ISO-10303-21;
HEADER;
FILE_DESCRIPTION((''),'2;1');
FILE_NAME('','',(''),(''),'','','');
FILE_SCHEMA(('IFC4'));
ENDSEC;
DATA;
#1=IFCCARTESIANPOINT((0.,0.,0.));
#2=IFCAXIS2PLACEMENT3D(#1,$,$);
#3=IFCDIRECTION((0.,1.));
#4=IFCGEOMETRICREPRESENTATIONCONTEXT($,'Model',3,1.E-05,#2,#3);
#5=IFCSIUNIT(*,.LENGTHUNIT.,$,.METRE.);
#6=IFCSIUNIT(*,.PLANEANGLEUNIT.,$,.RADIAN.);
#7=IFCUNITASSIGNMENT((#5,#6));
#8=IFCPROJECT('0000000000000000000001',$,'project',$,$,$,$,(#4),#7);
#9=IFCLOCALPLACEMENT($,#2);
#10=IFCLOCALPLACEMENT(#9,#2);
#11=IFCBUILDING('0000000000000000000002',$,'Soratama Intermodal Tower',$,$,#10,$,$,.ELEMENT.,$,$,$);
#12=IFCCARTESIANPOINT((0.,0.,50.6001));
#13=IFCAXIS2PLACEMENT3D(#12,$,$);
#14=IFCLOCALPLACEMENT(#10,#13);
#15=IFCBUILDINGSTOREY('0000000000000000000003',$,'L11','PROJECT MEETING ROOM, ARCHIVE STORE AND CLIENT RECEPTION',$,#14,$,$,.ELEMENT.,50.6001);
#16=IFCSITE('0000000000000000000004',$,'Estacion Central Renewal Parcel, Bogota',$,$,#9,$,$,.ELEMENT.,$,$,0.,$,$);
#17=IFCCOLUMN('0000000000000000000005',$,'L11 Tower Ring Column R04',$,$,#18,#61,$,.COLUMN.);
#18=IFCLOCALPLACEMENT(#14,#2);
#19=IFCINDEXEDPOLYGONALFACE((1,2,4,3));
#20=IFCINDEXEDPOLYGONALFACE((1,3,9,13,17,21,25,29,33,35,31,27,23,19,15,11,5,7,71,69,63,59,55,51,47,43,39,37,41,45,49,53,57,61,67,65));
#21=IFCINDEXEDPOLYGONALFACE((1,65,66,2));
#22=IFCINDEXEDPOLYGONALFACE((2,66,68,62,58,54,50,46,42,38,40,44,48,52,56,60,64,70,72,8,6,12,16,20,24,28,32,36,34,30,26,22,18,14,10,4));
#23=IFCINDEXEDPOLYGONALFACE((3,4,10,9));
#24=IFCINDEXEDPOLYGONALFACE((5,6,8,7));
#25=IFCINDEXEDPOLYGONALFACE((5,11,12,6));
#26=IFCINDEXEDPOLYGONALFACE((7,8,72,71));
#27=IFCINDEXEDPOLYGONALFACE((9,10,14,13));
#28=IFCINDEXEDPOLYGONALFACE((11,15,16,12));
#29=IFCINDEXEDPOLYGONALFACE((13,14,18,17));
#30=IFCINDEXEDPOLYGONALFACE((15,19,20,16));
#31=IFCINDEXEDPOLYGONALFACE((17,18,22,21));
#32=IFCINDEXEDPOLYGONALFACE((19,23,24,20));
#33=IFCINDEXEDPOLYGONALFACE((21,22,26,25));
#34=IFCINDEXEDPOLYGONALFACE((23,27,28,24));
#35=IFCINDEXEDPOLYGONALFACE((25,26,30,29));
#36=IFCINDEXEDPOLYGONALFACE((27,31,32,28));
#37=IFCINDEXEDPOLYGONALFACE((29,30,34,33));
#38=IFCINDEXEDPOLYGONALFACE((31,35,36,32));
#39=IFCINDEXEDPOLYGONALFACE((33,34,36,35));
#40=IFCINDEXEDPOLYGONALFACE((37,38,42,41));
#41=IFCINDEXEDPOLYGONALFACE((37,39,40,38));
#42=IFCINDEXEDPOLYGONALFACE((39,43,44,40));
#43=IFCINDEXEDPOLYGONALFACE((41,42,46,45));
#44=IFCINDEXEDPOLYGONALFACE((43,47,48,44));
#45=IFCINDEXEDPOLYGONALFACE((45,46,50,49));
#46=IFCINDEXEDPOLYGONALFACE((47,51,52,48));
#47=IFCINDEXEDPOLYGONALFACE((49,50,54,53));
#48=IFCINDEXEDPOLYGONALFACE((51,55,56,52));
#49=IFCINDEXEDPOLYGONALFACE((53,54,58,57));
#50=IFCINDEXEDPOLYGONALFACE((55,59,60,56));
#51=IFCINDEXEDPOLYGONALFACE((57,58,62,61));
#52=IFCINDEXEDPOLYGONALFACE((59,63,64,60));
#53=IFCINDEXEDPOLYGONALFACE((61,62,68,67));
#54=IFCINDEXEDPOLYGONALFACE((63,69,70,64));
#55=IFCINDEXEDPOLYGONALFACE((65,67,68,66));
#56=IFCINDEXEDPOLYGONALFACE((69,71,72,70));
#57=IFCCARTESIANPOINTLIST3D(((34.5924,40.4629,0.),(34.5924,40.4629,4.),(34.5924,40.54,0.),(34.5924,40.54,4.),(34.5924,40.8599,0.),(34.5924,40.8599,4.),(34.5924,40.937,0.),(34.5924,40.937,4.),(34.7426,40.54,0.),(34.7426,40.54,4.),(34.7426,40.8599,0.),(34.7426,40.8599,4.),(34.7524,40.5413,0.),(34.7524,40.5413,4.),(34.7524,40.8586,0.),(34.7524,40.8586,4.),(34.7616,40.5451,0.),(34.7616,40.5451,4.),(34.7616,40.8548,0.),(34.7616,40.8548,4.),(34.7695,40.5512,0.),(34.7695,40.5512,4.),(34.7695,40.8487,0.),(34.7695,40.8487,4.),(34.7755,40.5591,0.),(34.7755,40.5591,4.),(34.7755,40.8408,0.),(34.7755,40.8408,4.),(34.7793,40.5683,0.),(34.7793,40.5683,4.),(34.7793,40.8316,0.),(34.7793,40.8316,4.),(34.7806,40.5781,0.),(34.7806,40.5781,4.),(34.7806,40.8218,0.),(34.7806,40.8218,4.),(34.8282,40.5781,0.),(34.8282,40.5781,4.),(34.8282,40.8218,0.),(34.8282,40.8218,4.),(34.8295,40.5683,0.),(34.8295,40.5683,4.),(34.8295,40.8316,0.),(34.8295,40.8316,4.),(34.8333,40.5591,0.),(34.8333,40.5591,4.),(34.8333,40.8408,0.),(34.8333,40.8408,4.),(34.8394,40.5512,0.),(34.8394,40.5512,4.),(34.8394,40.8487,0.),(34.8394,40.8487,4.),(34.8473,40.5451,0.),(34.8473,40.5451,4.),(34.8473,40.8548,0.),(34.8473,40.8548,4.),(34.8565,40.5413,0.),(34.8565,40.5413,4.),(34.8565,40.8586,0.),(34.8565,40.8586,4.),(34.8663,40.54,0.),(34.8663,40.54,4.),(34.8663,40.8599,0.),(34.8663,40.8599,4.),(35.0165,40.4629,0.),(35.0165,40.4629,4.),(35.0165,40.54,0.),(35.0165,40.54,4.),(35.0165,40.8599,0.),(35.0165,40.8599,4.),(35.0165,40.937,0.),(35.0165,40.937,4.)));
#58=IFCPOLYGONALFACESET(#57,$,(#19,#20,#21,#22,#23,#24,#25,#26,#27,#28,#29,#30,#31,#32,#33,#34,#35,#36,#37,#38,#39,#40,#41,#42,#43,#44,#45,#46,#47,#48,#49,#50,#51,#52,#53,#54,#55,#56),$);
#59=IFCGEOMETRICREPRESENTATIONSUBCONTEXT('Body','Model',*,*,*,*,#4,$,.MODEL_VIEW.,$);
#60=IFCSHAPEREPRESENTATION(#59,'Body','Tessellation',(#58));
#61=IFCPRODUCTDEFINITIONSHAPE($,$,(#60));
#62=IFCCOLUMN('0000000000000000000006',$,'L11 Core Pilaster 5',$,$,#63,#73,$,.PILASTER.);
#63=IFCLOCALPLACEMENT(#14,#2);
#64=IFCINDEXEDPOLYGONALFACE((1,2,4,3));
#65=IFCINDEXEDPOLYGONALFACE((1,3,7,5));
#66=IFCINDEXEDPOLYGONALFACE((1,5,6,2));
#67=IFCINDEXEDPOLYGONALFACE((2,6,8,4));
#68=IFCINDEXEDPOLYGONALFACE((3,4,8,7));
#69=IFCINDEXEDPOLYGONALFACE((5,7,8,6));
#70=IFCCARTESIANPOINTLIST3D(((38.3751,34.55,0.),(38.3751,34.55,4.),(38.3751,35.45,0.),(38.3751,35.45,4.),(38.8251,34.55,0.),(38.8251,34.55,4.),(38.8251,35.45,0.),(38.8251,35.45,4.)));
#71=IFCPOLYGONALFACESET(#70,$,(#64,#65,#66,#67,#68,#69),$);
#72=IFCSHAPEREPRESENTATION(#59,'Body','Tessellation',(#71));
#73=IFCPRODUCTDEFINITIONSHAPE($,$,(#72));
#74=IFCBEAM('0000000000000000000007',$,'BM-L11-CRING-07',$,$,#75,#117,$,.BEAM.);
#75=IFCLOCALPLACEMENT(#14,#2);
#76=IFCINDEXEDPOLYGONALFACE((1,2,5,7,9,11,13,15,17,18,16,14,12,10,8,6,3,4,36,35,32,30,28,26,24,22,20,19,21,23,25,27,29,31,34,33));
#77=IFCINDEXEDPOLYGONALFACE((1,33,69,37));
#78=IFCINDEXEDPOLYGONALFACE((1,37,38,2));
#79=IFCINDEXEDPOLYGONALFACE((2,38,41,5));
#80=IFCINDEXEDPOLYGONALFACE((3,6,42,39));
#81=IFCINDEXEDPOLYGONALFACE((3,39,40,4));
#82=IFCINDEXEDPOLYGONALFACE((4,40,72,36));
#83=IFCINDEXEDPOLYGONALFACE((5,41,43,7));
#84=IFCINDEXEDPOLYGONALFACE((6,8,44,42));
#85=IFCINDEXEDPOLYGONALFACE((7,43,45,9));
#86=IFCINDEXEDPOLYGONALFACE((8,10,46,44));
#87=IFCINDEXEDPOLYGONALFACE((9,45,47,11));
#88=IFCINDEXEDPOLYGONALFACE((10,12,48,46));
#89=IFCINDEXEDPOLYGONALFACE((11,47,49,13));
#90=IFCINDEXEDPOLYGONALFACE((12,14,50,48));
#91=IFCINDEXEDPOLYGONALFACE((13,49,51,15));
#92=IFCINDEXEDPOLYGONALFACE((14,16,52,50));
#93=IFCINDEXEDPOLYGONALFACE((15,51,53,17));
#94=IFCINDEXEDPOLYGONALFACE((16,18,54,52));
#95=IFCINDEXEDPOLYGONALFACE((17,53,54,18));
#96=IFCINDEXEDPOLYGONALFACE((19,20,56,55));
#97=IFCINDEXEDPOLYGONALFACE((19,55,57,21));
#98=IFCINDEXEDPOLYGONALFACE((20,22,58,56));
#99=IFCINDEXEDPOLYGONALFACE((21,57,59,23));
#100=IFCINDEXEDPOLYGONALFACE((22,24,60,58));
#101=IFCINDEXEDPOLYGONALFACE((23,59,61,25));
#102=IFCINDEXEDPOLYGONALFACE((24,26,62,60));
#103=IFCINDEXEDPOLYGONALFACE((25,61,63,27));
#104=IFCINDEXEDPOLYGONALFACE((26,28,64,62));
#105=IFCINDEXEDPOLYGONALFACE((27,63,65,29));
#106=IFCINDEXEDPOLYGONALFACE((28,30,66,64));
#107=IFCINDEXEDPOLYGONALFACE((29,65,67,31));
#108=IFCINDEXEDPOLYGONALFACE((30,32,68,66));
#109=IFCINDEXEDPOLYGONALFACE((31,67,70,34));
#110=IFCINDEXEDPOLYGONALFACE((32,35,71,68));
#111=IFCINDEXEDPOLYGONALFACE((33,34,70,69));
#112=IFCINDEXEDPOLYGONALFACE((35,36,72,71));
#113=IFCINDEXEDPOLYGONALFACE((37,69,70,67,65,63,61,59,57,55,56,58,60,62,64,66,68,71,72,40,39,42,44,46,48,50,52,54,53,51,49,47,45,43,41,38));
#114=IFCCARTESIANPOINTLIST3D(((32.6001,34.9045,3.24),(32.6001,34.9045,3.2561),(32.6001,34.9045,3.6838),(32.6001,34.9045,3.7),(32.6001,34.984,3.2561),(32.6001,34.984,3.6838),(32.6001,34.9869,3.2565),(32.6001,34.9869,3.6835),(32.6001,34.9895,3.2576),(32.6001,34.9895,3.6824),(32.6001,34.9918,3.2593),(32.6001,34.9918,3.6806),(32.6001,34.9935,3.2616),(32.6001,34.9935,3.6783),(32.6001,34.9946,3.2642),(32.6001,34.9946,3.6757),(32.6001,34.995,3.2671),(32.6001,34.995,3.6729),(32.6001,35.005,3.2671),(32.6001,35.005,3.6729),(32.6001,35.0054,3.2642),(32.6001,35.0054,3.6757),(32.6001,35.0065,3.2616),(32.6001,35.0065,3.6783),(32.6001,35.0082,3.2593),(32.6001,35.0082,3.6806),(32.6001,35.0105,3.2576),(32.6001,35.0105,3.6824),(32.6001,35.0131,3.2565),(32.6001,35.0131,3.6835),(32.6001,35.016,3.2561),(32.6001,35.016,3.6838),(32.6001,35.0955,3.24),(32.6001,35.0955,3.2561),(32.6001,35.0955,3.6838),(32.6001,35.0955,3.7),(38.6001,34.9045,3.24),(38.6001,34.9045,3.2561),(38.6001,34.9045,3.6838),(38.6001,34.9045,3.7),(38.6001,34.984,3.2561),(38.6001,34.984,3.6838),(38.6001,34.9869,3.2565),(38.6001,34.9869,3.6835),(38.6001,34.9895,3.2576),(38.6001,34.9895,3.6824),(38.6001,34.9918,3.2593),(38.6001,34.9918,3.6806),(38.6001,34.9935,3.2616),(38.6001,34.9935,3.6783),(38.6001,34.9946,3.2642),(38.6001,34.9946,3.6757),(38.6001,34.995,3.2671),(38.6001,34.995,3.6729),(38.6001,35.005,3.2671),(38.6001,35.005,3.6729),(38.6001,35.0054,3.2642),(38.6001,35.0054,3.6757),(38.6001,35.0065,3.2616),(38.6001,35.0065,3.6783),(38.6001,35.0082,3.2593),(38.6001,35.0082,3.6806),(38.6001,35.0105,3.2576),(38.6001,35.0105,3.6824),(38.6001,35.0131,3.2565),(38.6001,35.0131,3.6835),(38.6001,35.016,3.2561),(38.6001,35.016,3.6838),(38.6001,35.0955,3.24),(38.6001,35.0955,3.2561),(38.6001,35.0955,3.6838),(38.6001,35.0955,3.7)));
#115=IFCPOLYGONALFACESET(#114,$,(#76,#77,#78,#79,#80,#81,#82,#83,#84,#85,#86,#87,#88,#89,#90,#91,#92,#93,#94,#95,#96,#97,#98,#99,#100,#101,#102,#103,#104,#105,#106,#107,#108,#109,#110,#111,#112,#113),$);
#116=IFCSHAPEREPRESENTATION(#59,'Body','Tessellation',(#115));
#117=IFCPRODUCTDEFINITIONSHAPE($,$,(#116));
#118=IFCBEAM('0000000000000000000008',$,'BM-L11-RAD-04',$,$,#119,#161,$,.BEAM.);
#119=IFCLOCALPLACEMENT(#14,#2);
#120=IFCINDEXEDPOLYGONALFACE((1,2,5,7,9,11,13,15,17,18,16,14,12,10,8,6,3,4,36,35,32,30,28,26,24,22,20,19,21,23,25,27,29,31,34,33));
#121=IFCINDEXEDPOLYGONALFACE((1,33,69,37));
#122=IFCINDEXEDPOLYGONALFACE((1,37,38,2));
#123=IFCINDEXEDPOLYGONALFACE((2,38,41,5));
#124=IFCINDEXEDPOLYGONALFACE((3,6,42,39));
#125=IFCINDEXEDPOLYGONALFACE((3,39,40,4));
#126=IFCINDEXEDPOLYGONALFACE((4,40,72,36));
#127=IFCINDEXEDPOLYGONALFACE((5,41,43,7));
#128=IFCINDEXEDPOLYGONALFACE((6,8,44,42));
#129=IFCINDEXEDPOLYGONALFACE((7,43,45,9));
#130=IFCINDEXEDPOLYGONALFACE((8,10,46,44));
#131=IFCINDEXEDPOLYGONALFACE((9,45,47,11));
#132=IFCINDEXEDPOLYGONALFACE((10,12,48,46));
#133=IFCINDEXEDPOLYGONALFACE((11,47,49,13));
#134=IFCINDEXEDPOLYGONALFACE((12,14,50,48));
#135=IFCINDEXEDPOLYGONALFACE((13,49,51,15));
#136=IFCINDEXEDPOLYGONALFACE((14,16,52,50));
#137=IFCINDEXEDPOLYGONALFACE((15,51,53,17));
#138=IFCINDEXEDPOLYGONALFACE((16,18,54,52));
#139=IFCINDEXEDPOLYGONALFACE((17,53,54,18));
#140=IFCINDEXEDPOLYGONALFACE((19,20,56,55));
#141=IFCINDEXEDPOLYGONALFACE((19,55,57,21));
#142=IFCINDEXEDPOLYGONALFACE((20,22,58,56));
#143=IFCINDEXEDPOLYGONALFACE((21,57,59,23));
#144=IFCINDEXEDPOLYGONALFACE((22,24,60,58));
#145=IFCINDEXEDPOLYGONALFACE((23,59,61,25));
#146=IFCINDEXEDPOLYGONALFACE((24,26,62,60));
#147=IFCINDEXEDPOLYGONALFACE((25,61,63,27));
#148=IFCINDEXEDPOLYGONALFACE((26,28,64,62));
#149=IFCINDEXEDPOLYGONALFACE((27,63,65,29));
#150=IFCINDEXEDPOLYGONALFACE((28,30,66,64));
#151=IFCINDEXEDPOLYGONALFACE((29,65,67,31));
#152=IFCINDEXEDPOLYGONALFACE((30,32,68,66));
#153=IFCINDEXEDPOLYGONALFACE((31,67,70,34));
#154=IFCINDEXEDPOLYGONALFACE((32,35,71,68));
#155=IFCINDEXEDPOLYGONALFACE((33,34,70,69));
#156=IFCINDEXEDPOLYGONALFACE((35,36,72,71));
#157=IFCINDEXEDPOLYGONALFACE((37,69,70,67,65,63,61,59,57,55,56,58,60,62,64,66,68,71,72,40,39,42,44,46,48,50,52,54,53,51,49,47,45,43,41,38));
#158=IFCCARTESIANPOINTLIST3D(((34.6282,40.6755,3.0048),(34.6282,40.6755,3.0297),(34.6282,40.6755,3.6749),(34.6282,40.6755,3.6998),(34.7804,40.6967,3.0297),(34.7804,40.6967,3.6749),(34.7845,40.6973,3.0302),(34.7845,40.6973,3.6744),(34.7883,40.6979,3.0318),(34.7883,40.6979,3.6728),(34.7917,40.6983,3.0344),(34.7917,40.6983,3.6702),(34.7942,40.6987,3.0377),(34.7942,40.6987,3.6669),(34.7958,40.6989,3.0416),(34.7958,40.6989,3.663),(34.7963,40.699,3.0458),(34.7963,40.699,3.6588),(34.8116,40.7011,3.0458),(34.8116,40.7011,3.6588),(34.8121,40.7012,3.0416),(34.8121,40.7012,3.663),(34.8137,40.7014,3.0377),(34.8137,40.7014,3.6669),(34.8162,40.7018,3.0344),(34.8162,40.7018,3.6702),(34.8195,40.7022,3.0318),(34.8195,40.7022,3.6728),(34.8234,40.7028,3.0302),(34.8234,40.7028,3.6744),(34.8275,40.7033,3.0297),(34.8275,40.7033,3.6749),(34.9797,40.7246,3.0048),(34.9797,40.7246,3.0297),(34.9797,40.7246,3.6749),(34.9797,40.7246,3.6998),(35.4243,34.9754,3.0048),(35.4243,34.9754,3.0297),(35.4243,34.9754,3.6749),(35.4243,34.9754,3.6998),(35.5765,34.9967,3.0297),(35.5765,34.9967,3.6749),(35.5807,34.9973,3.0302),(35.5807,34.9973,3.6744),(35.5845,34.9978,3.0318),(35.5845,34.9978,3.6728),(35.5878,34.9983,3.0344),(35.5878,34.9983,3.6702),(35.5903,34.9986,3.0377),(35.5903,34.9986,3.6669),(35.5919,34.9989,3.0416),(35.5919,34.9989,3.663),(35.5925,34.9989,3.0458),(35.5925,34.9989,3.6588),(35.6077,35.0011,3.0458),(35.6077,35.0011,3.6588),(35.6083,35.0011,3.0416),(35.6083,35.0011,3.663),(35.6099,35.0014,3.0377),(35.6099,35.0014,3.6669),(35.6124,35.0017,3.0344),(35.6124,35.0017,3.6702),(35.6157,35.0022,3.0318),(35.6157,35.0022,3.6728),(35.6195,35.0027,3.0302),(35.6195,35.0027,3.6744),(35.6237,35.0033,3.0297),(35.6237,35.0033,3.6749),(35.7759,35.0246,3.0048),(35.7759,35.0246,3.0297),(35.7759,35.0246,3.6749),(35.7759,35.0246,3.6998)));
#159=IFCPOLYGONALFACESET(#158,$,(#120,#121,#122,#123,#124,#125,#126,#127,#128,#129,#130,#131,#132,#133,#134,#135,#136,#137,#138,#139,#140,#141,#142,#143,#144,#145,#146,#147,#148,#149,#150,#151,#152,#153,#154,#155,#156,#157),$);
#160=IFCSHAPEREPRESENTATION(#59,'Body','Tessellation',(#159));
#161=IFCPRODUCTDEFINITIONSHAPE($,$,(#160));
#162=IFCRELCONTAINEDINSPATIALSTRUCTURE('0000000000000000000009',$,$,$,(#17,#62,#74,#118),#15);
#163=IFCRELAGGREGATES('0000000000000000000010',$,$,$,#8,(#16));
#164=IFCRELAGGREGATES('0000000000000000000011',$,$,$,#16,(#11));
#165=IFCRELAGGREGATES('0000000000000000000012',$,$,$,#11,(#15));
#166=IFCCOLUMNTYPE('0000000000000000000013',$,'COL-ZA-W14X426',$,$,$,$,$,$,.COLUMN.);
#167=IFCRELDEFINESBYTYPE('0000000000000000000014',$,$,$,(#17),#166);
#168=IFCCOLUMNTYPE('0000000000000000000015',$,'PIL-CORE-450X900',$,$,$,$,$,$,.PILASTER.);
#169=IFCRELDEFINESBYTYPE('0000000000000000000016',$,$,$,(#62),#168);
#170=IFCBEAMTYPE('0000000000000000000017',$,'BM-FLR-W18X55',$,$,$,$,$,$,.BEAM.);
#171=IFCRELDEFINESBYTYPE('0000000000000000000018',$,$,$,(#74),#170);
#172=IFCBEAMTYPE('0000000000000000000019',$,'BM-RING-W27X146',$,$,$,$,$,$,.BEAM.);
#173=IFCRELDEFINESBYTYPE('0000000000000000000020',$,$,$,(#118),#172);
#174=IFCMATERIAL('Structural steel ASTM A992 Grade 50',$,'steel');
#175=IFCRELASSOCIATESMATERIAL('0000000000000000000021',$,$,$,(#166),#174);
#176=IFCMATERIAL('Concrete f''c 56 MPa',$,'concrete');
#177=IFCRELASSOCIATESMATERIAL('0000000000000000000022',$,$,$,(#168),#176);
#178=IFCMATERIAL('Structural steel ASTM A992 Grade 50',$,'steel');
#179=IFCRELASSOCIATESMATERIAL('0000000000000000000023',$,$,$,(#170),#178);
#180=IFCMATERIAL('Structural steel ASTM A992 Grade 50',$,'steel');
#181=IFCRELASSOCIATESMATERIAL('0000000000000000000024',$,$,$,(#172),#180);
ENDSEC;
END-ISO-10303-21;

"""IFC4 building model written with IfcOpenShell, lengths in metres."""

from ifc_helpers import new_model, si_unit, direction, frame, origin, origin_2d, place, context, subcontext, project, spatial, rectangle, i_section, extrude, material, material_profile, profile_set, type_object, element, save


model = new_model("IFC4")

# Units and contexts
model_context = context("Model", 3, precision=1e-05, world=origin(), true_north=direction((0.0, 1.0)))
body_context = subcontext(model_context, "Body", "Model", "MODEL_VIEW")
ifc_project = project(units=[si_unit("LENGTHUNIT", "METRE"), si_unit("PLANEANGLEUNIT", "RADIAN")], contexts=[model_context])

# Site, building, storey
site_placement = place(None, origin())
site = spatial("IfcSite", under=ifc_project, at=site_placement, Name="Estacion Central Renewal Parcel, Bogota", CompositionType="ELEMENT", RefElevation=0.0)
building_placement = place(site_placement, origin())
building = spatial("IfcBuilding", under=site, at=building_placement, Name="Soratama Intermodal Tower", CompositionType="ELEMENT")
storey_placement = place(building_placement, frame((0.0, 0.0, 50.6001)))
storey = spatial("IfcBuildingStorey", under=building, at=storey_placement, Name="L11", Description="PROJECT MEETING ROOM, ARCHIVE STORE AND CLIENT RECEPTION", CompositionType="ELEMENT", Elevation=50.6001)

# Columns
ifc_material_1 = material(Name="Structural steel ASTM A992 Grade 50", Category="steel")
ifc_material_profile_1 = material_profile(ifc_material_1, i_section(OverallWidth=0.4241, OverallDepth=0.4741, WebThickness=0.0476, FlangeThickness=0.0771, FilletRadius=0.0381, at=origin_2d()), Name="W14X426")
ifc_profile_set_1 = profile_set([ifc_material_profile_1], Name="Structural steel ASTM A992 Grade 50")
column_type_1 = type_object("IfcColumnType", Name="COL-ZA-W14X426", PredefinedType="COLUMN", material=ifc_profile_set_1)
column_1_placement = place(storey_placement, frame((34.8044, 40.7, 0.0), z_axis=(0.0, 0.0, 1.0), x_axis=(1.0, 0.0, 0.0)))
element("IfcColumn", 1, at=column_1_placement, inside=storey, type_object=column_type_1, Name="L11 Tower Ring Column R04", PredefinedType="COLUMN", context=body_context, shape_type="SweptSolid", body=[
    extrude(i_section(OverallWidth=0.4241, OverallDepth=0.4741, WebThickness=0.0476, FlangeThickness=0.0771, FilletRadius=0.0381, at=origin_2d()), origin(), (0.0, 0.0, 1.0), 4.0),
])
ifc_material_2 = material(Name="Concrete f'c 56 MPa", Category="concrete")
ifc_material_profile_2 = material_profile(ifc_material_2, rectangle(XDim=0.45, YDim=0.8999, at=origin_2d()), Name="RC450X900")
ifc_profile_set_2 = profile_set([ifc_material_profile_2], Name="Concrete f'c 56 MPa")
column_type_2 = type_object("IfcColumnType", Name="PIL-CORE-450X900", PredefinedType="PILASTER", material=ifc_profile_set_2)
column_2_placement = place(storey_placement, frame((38.6001, 35.0, 0.0), z_axis=(0.0, 0.0, 1.0), x_axis=(1.0, 0.0, 0.0)))
element("IfcColumn", 2, at=column_2_placement, inside=storey, type_object=column_type_2, Name="L11 Core Pilaster 5", PredefinedType="PILASTER", context=body_context, shape_type="SweptSolid", body=[
    extrude(rectangle(XDim=0.45, YDim=0.8999, at=origin_2d()), origin(), (0.0, 0.0, 1.0), 4.0),
])

# Beams
ifc_material_3 = material(Name="Structural steel ASTM A992 Grade 50", Category="steel")
ifc_material_profile_3 = material_profile(ifc_material_3, i_section(OverallWidth=0.1909, OverallDepth=0.46, WebThickness=0.01, FlangeThickness=0.0161, FilletRadius=0.011, at=origin_2d()), Name="W18X55")
ifc_profile_set_3 = profile_set([ifc_material_profile_3], Name="Structural steel ASTM A992 Grade 50")
beam_type_1 = type_object("IfcBeamType", Name="BM-FLR-W18X55", PredefinedType="BEAM", material=ifc_profile_set_3)
beam_1_placement = place(storey_placement, frame((38.6001, 35.0, 3.47), z_axis=(-1.0, 0.0, 0.0), x_axis=(0.0, -1.0, 0.0)))
element("IfcBeam", 3, at=beam_1_placement, inside=storey, type_object=beam_type_1, Name="BM-L11-CRING-07", PredefinedType="BEAM", context=body_context, shape_type="SweptSolid", body=[
    extrude(i_section(OverallWidth=0.1909, OverallDepth=0.46, WebThickness=0.01, FlangeThickness=0.0161, FilletRadius=0.011, at=origin_2d()), origin(), (0.0, 0.0, 1.0), 6.0),
])
ifc_material_4 = material(Name="Structural steel ASTM A992 Grade 50", Category="steel")
ifc_material_profile_4 = material_profile(ifc_material_4, i_section(OverallWidth=0.355, OverallDepth=0.6951, WebThickness=0.0154, FlangeThickness=0.0249, FilletRadius=0.0161, at=origin_2d()), Name="W27X146")
ifc_profile_set_4 = profile_set([ifc_material_profile_4], Name="Structural steel ASTM A992 Grade 50")
beam_type_2 = type_object("IfcBeamType", Name="BM-RING-W27X146", PredefinedType="BEAM", material=ifc_profile_set_4)
beam_2_placement = place(storey_placement, frame((35.6001, 35.0, 3.3523), z_axis=(-0.138332, 0.990386, 0.0), x_axis=(-0.990386, -0.138332, 0.0)))
element("IfcBeam", 4, at=beam_2_placement, inside=storey, type_object=beam_type_2, Name="BM-L11-RAD-04", PredefinedType="BEAM", context=body_context, shape_type="SweptSolid", body=[
    extrude(i_section(OverallWidth=0.355, OverallDepth=0.6951, WebThickness=0.0154, FlangeThickness=0.0249, FilletRadius=0.0161, at=origin_2d()), origin(), (0.0, 0.0, 1.0), 5.7554),
])

save(model, "model.ifc")
